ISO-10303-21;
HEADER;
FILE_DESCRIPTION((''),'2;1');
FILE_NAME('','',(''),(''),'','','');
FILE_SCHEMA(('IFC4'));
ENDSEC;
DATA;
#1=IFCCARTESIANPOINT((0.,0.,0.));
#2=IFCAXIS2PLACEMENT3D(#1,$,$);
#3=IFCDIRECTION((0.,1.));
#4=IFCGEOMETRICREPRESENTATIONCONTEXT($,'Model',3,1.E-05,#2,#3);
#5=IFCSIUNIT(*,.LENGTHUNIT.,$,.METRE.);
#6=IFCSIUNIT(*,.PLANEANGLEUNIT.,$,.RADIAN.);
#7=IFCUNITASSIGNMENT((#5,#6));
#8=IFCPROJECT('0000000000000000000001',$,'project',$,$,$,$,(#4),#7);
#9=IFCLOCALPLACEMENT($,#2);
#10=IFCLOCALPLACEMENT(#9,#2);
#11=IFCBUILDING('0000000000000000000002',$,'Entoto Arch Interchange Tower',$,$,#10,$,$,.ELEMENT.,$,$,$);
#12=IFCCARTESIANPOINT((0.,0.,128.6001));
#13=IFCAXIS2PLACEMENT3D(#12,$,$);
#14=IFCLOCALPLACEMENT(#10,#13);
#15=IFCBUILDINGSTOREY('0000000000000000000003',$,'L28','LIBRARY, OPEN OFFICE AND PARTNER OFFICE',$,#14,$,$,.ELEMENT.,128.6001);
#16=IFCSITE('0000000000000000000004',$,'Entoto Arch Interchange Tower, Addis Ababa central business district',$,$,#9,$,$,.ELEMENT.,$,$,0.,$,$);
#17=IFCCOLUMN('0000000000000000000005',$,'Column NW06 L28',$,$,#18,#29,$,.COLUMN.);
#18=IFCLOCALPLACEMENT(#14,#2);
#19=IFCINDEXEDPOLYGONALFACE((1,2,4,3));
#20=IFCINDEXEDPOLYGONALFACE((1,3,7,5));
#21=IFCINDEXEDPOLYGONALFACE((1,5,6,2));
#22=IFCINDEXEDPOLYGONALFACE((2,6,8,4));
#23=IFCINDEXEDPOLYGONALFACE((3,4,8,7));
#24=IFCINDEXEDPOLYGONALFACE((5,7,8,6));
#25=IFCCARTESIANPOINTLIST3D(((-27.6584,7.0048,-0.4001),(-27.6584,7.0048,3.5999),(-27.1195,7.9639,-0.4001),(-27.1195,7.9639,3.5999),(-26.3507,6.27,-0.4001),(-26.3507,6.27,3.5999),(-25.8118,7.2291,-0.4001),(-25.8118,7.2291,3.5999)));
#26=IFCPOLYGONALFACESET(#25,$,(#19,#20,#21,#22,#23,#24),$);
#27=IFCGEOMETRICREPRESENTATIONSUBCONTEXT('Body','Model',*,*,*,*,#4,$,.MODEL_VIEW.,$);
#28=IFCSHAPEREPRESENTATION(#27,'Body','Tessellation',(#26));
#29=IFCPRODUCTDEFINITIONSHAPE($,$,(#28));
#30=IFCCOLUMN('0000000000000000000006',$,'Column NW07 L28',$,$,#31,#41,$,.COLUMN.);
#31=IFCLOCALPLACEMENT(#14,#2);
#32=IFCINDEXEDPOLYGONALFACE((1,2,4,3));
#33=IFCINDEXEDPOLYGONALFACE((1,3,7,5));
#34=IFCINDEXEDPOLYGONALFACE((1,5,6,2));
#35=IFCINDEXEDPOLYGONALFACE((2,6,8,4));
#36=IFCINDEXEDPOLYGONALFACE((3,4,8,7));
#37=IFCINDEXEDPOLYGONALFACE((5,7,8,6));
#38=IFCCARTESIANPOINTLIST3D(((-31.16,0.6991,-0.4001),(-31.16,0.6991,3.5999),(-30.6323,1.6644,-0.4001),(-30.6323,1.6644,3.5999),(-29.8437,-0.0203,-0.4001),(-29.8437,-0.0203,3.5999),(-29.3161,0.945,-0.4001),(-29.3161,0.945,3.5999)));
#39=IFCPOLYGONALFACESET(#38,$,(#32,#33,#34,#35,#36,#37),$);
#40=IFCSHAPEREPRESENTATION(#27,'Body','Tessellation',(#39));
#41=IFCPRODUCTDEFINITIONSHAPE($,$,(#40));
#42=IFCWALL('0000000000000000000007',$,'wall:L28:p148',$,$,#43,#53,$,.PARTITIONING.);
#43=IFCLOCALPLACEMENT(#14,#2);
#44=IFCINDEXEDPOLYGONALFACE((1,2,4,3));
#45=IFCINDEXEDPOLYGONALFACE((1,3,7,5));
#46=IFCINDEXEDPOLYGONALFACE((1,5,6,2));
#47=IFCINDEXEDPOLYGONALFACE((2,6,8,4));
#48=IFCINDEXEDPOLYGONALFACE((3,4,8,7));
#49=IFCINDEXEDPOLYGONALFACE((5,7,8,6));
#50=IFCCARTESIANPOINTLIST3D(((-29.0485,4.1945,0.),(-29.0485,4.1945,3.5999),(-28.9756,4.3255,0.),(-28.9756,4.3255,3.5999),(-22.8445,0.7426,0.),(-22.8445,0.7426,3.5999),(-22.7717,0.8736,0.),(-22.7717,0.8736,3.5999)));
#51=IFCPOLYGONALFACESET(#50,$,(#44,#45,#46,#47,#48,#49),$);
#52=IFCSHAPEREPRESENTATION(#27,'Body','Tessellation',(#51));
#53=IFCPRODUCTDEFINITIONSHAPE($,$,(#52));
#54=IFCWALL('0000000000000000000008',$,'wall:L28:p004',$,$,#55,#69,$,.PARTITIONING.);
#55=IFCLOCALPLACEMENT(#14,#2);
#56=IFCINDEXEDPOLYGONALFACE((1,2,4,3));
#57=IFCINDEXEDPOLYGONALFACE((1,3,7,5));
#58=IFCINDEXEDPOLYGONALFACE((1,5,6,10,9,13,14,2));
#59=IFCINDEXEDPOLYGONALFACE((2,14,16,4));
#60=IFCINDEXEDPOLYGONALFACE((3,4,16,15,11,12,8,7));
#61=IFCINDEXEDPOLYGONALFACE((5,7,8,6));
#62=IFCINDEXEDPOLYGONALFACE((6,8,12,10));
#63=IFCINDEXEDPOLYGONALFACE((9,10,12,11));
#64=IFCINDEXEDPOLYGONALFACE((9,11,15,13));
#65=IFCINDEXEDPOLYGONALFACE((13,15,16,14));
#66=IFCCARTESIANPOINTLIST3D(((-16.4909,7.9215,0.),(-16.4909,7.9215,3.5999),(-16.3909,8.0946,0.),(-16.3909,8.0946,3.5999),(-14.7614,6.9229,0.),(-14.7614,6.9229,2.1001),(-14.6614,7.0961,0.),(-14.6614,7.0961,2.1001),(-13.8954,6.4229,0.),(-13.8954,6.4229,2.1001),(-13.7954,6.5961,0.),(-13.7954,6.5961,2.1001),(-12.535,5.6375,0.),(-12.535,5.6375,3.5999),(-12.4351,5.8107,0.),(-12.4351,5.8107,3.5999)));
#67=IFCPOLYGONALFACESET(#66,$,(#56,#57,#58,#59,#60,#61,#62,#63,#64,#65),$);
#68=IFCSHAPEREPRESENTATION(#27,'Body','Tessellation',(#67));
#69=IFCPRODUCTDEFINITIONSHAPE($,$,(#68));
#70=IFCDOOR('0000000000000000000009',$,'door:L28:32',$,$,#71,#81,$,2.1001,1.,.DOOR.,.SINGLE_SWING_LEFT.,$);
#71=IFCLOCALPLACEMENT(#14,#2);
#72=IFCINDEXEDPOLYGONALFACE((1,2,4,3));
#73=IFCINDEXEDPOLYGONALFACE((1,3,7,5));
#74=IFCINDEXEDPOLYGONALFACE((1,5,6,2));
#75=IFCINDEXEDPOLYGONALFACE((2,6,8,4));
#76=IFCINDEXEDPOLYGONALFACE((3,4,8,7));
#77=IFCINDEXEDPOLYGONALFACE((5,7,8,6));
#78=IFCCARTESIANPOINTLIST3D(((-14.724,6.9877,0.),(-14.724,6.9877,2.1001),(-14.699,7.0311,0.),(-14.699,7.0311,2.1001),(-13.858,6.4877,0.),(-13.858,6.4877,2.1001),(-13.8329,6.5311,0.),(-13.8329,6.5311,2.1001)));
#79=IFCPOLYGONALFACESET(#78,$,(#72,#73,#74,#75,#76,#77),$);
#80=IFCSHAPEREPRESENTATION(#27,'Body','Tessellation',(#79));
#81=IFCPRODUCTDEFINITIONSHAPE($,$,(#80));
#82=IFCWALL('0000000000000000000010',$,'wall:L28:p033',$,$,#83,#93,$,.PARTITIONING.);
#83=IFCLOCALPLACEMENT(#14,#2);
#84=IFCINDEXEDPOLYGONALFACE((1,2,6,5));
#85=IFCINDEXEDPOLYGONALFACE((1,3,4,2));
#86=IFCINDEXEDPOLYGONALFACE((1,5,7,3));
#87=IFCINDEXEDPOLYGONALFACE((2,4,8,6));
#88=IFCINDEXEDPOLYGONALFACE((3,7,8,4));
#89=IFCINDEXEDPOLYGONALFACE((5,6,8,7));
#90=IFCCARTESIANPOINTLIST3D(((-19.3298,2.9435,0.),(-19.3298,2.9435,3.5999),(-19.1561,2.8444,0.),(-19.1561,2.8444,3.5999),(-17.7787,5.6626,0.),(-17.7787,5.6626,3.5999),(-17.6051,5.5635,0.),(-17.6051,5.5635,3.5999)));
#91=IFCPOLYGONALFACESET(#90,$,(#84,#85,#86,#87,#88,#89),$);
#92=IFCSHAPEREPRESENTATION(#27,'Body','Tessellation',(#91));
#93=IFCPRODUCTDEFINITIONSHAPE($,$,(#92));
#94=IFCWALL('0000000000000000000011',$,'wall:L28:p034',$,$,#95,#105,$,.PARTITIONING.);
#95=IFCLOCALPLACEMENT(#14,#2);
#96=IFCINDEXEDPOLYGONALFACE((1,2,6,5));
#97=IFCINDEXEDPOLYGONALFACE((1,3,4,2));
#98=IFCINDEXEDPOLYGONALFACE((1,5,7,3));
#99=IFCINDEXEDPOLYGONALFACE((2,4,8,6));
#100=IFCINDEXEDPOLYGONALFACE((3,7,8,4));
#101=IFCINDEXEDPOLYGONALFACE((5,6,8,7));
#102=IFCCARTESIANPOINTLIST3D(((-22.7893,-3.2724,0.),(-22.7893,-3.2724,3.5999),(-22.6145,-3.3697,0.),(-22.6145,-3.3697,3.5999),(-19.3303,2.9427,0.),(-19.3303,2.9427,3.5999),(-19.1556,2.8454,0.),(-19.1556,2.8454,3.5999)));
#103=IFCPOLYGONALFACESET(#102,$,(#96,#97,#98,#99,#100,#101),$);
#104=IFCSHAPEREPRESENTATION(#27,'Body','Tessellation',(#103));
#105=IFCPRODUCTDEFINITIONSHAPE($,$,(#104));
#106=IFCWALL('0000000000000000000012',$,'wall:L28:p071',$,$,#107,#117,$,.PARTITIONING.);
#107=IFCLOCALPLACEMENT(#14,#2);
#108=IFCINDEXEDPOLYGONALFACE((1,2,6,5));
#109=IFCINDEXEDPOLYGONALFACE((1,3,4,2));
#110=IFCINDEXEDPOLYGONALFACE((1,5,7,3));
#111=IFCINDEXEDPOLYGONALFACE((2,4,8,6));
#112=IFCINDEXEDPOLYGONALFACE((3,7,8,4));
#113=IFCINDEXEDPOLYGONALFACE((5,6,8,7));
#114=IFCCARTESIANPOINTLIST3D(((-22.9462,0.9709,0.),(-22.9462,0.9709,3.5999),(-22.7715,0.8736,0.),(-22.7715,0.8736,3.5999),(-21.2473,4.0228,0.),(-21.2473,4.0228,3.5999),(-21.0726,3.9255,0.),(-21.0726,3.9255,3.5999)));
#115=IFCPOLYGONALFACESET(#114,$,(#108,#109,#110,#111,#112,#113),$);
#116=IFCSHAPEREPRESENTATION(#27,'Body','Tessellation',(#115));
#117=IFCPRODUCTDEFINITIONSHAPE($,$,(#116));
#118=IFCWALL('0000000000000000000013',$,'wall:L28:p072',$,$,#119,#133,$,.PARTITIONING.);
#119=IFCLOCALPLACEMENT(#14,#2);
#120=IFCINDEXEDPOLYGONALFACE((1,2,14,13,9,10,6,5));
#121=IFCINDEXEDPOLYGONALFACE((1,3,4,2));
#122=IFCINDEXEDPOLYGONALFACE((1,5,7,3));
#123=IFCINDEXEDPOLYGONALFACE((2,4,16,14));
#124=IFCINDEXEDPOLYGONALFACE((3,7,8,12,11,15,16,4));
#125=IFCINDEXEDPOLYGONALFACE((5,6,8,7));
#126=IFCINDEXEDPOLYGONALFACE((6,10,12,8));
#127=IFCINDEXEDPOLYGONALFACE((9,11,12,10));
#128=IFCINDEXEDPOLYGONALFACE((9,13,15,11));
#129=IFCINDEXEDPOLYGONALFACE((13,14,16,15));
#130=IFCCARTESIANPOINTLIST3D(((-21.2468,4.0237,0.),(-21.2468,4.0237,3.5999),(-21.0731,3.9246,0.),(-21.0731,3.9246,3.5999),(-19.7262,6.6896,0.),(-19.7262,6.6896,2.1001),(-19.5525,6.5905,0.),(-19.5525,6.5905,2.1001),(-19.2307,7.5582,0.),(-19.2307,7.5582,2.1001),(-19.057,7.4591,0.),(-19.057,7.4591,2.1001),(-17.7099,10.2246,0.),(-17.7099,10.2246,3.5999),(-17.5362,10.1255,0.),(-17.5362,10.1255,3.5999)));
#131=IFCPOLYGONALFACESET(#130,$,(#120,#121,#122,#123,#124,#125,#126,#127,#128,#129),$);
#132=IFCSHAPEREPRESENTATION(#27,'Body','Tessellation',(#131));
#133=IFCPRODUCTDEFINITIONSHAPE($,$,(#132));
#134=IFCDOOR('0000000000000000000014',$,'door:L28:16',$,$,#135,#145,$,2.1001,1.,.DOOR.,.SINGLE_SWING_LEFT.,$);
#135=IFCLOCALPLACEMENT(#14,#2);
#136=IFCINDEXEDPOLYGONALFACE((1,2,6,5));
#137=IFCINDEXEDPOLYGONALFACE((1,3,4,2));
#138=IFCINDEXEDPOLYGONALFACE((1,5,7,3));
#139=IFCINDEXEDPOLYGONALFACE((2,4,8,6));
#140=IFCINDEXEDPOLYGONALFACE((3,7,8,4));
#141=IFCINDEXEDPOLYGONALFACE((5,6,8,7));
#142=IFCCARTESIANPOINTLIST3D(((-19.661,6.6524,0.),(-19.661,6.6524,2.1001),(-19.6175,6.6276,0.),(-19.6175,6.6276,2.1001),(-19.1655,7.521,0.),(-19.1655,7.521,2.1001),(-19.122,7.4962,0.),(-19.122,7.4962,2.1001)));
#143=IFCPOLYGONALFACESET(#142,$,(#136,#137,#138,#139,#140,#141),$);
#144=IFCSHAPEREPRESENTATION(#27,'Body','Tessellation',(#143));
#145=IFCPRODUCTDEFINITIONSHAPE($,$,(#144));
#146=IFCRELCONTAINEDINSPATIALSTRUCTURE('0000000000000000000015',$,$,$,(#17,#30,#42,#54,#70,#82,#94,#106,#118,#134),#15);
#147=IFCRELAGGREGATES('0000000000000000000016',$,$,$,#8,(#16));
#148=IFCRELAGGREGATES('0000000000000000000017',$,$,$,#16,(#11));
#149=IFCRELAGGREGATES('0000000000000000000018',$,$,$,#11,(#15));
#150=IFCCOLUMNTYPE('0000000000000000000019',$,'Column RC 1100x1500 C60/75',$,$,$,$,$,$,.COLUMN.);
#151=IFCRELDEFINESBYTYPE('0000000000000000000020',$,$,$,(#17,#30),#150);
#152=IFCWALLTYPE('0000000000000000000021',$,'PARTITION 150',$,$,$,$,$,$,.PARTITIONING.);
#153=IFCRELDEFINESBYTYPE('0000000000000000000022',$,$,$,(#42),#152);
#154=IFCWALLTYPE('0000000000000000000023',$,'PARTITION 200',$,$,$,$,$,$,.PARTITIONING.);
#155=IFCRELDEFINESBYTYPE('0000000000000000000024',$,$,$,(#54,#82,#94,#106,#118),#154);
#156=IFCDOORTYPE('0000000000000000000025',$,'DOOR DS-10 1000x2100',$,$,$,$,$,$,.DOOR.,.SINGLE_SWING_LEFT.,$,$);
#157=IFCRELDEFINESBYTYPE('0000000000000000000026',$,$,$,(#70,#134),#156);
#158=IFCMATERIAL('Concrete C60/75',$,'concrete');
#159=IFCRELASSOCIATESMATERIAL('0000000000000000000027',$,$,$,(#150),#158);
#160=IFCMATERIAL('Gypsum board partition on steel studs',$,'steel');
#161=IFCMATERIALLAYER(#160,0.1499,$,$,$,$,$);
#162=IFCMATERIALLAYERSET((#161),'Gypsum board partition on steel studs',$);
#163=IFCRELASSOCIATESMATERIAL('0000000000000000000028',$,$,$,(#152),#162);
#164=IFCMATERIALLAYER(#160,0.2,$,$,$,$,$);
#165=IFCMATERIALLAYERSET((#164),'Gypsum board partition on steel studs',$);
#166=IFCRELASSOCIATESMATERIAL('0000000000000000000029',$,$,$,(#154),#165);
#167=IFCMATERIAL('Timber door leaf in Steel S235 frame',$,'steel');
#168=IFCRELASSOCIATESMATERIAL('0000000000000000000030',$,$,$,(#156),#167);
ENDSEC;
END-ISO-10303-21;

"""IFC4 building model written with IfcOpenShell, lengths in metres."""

from ifc_helpers import new_model, si_unit, direction, frame, frame_2d, origin, origin_2d, place, context, subcontext, project, spatial, rectangle, extrude, material, layer, layer_set, material_profile, profile_set, type_object, element, fill, save


model = new_model("IFC4")

# Units and contexts
model_context = context("Model", 3, precision=1e-05, world=origin(), true_north=direction((0.0, 1.0)))
body_context = subcontext(model_context, "Body", "Model", "MODEL_VIEW")
ifc_project = project(units=[si_unit("LENGTHUNIT", "METRE"), si_unit("PLANEANGLEUNIT", "RADIAN")], contexts=[model_context])

# Site, building, storey
site_placement = place(None, origin())
site = spatial("IfcSite", under=ifc_project, at=site_placement, Name="Entoto Arch Interchange Tower, Addis Ababa central business district", CompositionType="ELEMENT", RefElevation=0.0)
building_placement = place(site_placement, origin())
building = spatial("IfcBuilding", under=site, at=building_placement, Name="Entoto Arch Interchange Tower", CompositionType="ELEMENT")
storey_placement = place(building_placement, frame((0.0, 0.0, 128.6001)))
storey = spatial("IfcBuildingStorey", under=building, at=storey_placement, Name="L28", Description="LIBRARY, OPEN OFFICE AND PARTNER OFFICE", CompositionType="ELEMENT", Elevation=128.6001)

# Columns
ifc_material_1 = material(Name="Concrete C60/75", Category="concrete")
ifc_material_profile = material_profile(ifc_material_1, rectangle(XDim=1.1001, YDim=1.5, at=origin_2d()))
ifc_profile_set = profile_set([ifc_material_profile], Name="Concrete C60/75")
column_type = type_object("IfcColumnType", Name="Column RC 1100x1500 C60/75", PredefinedType="COLUMN", material=ifc_profile_set)
for number, where, z_axis, x_axis, name in (
    (1, (-26.7351, 7.1169, -0.4001), (0.0, 0.0, 1.0), (0.489839, 0.871813, 0.0), "Column NW06 L28"),
    (2, (-30.238, 0.822, -0.4001), (0.0, 0.0, 1.0), (0.479611, 0.877481, 0.0), "Column NW07 L28"),
):
    element("IfcColumn", number, at=place(storey_placement, frame(where, z_axis=z_axis, x_axis=x_axis)), inside=storey, type_object=column_type, Name=name, PredefinedType="COLUMN", context=body_context, shape_type="SweptSolid", body=[
        extrude(rectangle(XDim=1.1001, YDim=1.5, at=origin_2d()), origin(), (0.0, 0.0, 1.0), 4.0),
    ])

# Wall
ifc_material_2 = material(Name="Gypsum board partition on steel studs", Category="steel")
ifc_layer_1 = layer(ifc_material_2, 0.1499)
ifc_layer_set_1 = layer_set([ifc_layer_1], Name="Gypsum board partition on steel studs")
wall_type_1 = type_object("IfcWallType", Name="PARTITION 150", PredefinedType="PARTITIONING", material=ifc_layer_set_1)
wall_1_placement = place(storey_placement, frame((-22.8081, 0.8081, 0.0), z_axis=(0.0, 0.0, 1.0), x_axis=(-0.873839, 0.486215, 0.0)))
element("IfcWall", 3, at=wall_1_placement, inside=storey, type_object=wall_type_1, Name="wall:L28:p148", PredefinedType="PARTITIONING", context=body_context, shape_type="SweptSolid", body=[
    extrude(rectangle(XDim=7.0996, YDim=0.1499, at=frame_2d((3.5498, 0.0))), origin(), (0.0, 0.0, 1.0), 3.5999),
])

# Wall, opening, door
ifc_layer_2 = layer(ifc_material_2, 0.2)
ifc_layer_set_2 = layer_set([ifc_layer_2], Name="Gypsum board partition on steel studs")
wall_type_2 = type_object("IfcWallType", Name="PARTITION 200", PredefinedType="PARTITIONING", material=ifc_layer_set_2)
wall_2_placement = place(storey_placement, frame((-16.4409, 8.0081, 0.0), z_axis=(0.0, 0.0, 1.0), x_axis=(0.866021, -0.500008, 0.0)))
wall_2 = element("IfcWall", 4, at=wall_2_placement, inside=storey, type_object=wall_type_2, Name="wall:L28:p004", PredefinedType="PARTITIONING", context=body_context, shape_type="SweptSolid", body=[
    extrude(rectangle(XDim=4.5679, YDim=0.2, at=frame_2d((2.2839, 0.0))), origin(), (0.0, 0.0, 1.0), 3.5999),
])
opening_1_placement = place(wall_2_placement, frame((1.9971, 0.0, 0.0)))
opening_1 = element("IfcOpeningElement", 5, at=opening_1_placement, cuts=wall_2, PredefinedType="OPENING", context=body_context, shape_type="SweptSolid", body=[
    extrude(rectangle(XDim=1.0, YDim=2.1001, at=frame_2d((0.5, 1.05))), frame((0.0, 0.1099, 0.0), z_axis=(0.0, -1.0, 0.0), x_axis=(1.0, 0.0, 0.0)), (0.0, 0.0, 1.0), 0.22),
])
ifc_material_3 = material(Name="Timber door leaf in Steel S235 frame", Category="steel")
door_type = type_object("IfcDoorType", Name="DOOR DS-10 1000x2100", OperationType="SINGLE_SWING_LEFT", PredefinedType="DOOR", material=ifc_material_3)
door_1_placement = place(opening_1_placement, origin())
door_1 = element("IfcDoor", 6, at=door_1_placement, inside=storey, type_object=door_type, Name="door:L28:32", OperationType="SINGLE_SWING_LEFT", OverallHeight=2.1001, OverallWidth=1.0, PredefinedType="DOOR", context=body_context, shape_type="SweptSolid", body=[
    extrude(rectangle(XDim=1.0, YDim=2.1001, at=frame_2d((0.5, 1.05))), frame((0.0, 0.0249, 0.0), z_axis=(0.0, -1.0, 0.0), x_axis=(1.0, 0.0, 0.0)), (0.0, 0.0, 1.0), 0.05),
])
fill(opening_1, door_1)

# Walls
wall_3_placement = place(storey_placement, frame((-17.6919, 5.613, 0.0), z_axis=(0.0, 0.0, 1.0), x_axis=(-0.495492, -0.868612, 0.0)))
element("IfcWall", 7, at=wall_3_placement, inside=storey, type_object=wall_type_2, Name="wall:L28:p033", PredefinedType="PARTITIONING", context=body_context, shape_type="SweptSolid", body=[
    extrude(rectangle(XDim=3.1304, YDim=0.2, at=frame_2d((1.5652, 0.0))), origin(), (0.0, 0.0, 1.0), 3.5999),
])
wall_4_placement = place(storey_placement, frame((-19.2429, 2.894, 0.0), z_axis=(0.0, 0.0, 1.0), x_axis=(-0.486304, -0.873789, 0.0)))
element("IfcWall", 8, at=wall_4_placement, inside=storey, type_object=wall_type_2, Name="wall:L28:p034", PredefinedType="PARTITIONING", context=body_context, shape_type="SweptSolid", body=[
    extrude(rectangle(XDim=7.1128, YDim=0.2, at=frame_2d((3.5564, 0.0))), origin(), (0.0, 0.0, 1.0), 3.5999),
])
wall_5_placement = place(storey_placement, frame((-22.8589, 0.9221, 0.0), z_axis=(0.0, 0.0, 1.0), x_axis=(0.48639, 0.873742, 0.0)))
element("IfcWall", 9, at=wall_5_placement, inside=storey, type_object=wall_type_2, Name="wall:L28:p071", PredefinedType="PARTITIONING", context=body_context, shape_type="SweptSolid", body=[
    extrude(rectangle(XDim=3.4929, YDim=0.2, at=frame_2d((1.7466, 0.0))), origin(), (0.0, 0.0, 1.0), 3.5999),
])

# Wall, opening, door
wall_6_placement = place(storey_placement, frame((-21.1599, 3.9741, 0.0), z_axis=(0.0, 0.0, 1.0), x_axis=(0.49545, 0.868636, 0.0)))
wall_6 = element("IfcWall", 10, at=wall_6_placement, inside=storey, type_object=wall_type_2, Name="wall:L28:p072", PredefinedType="PARTITIONING", context=body_context, shape_type="SweptSolid", body=[
    extrude(rectangle(XDim=7.1387, YDim=0.2, at=frame_2d((3.5693, 0.0))), origin(), (0.0, 0.0, 1.0), 3.5999),
])
opening_2_placement = place(wall_6_placement, frame((3.0691, 0.0, 0.0)))
opening_2 = element("IfcOpeningElement", 11, at=opening_2_placement, cuts=wall_6, PredefinedType="OPENING", context=body_context, shape_type="SweptSolid", body=[
    extrude(rectangle(XDim=1.0, YDim=2.1001, at=frame_2d((0.5, 1.05))), frame((0.0, 0.1099, 0.0), z_axis=(0.0, -1.0, 0.0), x_axis=(1.0, 0.0, 0.0)), (0.0, 0.0, 1.0), 0.22),
])
door_2_placement = place(opening_2_placement, origin())
door_2 = element("IfcDoor", 12, at=door_2_placement, inside=storey, type_object=door_type, Name="door:L28:16", OperationType="SINGLE_SWING_LEFT", OverallHeight=2.1001, OverallWidth=1.0, PredefinedType="DOOR", context=body_context, shape_type="SweptSolid", body=[
    extrude(rectangle(XDim=1.0, YDim=2.1001, at=frame_2d((0.5, 1.05))), frame((0.0, 0.0249, 0.0), z_axis=(0.0, -1.0, 0.0), x_axis=(1.0, 0.0, 0.0)), (0.0, 0.0, 1.0), 0.05),
])
fill(opening_2, door_2)

save(model, "model.ifc")
